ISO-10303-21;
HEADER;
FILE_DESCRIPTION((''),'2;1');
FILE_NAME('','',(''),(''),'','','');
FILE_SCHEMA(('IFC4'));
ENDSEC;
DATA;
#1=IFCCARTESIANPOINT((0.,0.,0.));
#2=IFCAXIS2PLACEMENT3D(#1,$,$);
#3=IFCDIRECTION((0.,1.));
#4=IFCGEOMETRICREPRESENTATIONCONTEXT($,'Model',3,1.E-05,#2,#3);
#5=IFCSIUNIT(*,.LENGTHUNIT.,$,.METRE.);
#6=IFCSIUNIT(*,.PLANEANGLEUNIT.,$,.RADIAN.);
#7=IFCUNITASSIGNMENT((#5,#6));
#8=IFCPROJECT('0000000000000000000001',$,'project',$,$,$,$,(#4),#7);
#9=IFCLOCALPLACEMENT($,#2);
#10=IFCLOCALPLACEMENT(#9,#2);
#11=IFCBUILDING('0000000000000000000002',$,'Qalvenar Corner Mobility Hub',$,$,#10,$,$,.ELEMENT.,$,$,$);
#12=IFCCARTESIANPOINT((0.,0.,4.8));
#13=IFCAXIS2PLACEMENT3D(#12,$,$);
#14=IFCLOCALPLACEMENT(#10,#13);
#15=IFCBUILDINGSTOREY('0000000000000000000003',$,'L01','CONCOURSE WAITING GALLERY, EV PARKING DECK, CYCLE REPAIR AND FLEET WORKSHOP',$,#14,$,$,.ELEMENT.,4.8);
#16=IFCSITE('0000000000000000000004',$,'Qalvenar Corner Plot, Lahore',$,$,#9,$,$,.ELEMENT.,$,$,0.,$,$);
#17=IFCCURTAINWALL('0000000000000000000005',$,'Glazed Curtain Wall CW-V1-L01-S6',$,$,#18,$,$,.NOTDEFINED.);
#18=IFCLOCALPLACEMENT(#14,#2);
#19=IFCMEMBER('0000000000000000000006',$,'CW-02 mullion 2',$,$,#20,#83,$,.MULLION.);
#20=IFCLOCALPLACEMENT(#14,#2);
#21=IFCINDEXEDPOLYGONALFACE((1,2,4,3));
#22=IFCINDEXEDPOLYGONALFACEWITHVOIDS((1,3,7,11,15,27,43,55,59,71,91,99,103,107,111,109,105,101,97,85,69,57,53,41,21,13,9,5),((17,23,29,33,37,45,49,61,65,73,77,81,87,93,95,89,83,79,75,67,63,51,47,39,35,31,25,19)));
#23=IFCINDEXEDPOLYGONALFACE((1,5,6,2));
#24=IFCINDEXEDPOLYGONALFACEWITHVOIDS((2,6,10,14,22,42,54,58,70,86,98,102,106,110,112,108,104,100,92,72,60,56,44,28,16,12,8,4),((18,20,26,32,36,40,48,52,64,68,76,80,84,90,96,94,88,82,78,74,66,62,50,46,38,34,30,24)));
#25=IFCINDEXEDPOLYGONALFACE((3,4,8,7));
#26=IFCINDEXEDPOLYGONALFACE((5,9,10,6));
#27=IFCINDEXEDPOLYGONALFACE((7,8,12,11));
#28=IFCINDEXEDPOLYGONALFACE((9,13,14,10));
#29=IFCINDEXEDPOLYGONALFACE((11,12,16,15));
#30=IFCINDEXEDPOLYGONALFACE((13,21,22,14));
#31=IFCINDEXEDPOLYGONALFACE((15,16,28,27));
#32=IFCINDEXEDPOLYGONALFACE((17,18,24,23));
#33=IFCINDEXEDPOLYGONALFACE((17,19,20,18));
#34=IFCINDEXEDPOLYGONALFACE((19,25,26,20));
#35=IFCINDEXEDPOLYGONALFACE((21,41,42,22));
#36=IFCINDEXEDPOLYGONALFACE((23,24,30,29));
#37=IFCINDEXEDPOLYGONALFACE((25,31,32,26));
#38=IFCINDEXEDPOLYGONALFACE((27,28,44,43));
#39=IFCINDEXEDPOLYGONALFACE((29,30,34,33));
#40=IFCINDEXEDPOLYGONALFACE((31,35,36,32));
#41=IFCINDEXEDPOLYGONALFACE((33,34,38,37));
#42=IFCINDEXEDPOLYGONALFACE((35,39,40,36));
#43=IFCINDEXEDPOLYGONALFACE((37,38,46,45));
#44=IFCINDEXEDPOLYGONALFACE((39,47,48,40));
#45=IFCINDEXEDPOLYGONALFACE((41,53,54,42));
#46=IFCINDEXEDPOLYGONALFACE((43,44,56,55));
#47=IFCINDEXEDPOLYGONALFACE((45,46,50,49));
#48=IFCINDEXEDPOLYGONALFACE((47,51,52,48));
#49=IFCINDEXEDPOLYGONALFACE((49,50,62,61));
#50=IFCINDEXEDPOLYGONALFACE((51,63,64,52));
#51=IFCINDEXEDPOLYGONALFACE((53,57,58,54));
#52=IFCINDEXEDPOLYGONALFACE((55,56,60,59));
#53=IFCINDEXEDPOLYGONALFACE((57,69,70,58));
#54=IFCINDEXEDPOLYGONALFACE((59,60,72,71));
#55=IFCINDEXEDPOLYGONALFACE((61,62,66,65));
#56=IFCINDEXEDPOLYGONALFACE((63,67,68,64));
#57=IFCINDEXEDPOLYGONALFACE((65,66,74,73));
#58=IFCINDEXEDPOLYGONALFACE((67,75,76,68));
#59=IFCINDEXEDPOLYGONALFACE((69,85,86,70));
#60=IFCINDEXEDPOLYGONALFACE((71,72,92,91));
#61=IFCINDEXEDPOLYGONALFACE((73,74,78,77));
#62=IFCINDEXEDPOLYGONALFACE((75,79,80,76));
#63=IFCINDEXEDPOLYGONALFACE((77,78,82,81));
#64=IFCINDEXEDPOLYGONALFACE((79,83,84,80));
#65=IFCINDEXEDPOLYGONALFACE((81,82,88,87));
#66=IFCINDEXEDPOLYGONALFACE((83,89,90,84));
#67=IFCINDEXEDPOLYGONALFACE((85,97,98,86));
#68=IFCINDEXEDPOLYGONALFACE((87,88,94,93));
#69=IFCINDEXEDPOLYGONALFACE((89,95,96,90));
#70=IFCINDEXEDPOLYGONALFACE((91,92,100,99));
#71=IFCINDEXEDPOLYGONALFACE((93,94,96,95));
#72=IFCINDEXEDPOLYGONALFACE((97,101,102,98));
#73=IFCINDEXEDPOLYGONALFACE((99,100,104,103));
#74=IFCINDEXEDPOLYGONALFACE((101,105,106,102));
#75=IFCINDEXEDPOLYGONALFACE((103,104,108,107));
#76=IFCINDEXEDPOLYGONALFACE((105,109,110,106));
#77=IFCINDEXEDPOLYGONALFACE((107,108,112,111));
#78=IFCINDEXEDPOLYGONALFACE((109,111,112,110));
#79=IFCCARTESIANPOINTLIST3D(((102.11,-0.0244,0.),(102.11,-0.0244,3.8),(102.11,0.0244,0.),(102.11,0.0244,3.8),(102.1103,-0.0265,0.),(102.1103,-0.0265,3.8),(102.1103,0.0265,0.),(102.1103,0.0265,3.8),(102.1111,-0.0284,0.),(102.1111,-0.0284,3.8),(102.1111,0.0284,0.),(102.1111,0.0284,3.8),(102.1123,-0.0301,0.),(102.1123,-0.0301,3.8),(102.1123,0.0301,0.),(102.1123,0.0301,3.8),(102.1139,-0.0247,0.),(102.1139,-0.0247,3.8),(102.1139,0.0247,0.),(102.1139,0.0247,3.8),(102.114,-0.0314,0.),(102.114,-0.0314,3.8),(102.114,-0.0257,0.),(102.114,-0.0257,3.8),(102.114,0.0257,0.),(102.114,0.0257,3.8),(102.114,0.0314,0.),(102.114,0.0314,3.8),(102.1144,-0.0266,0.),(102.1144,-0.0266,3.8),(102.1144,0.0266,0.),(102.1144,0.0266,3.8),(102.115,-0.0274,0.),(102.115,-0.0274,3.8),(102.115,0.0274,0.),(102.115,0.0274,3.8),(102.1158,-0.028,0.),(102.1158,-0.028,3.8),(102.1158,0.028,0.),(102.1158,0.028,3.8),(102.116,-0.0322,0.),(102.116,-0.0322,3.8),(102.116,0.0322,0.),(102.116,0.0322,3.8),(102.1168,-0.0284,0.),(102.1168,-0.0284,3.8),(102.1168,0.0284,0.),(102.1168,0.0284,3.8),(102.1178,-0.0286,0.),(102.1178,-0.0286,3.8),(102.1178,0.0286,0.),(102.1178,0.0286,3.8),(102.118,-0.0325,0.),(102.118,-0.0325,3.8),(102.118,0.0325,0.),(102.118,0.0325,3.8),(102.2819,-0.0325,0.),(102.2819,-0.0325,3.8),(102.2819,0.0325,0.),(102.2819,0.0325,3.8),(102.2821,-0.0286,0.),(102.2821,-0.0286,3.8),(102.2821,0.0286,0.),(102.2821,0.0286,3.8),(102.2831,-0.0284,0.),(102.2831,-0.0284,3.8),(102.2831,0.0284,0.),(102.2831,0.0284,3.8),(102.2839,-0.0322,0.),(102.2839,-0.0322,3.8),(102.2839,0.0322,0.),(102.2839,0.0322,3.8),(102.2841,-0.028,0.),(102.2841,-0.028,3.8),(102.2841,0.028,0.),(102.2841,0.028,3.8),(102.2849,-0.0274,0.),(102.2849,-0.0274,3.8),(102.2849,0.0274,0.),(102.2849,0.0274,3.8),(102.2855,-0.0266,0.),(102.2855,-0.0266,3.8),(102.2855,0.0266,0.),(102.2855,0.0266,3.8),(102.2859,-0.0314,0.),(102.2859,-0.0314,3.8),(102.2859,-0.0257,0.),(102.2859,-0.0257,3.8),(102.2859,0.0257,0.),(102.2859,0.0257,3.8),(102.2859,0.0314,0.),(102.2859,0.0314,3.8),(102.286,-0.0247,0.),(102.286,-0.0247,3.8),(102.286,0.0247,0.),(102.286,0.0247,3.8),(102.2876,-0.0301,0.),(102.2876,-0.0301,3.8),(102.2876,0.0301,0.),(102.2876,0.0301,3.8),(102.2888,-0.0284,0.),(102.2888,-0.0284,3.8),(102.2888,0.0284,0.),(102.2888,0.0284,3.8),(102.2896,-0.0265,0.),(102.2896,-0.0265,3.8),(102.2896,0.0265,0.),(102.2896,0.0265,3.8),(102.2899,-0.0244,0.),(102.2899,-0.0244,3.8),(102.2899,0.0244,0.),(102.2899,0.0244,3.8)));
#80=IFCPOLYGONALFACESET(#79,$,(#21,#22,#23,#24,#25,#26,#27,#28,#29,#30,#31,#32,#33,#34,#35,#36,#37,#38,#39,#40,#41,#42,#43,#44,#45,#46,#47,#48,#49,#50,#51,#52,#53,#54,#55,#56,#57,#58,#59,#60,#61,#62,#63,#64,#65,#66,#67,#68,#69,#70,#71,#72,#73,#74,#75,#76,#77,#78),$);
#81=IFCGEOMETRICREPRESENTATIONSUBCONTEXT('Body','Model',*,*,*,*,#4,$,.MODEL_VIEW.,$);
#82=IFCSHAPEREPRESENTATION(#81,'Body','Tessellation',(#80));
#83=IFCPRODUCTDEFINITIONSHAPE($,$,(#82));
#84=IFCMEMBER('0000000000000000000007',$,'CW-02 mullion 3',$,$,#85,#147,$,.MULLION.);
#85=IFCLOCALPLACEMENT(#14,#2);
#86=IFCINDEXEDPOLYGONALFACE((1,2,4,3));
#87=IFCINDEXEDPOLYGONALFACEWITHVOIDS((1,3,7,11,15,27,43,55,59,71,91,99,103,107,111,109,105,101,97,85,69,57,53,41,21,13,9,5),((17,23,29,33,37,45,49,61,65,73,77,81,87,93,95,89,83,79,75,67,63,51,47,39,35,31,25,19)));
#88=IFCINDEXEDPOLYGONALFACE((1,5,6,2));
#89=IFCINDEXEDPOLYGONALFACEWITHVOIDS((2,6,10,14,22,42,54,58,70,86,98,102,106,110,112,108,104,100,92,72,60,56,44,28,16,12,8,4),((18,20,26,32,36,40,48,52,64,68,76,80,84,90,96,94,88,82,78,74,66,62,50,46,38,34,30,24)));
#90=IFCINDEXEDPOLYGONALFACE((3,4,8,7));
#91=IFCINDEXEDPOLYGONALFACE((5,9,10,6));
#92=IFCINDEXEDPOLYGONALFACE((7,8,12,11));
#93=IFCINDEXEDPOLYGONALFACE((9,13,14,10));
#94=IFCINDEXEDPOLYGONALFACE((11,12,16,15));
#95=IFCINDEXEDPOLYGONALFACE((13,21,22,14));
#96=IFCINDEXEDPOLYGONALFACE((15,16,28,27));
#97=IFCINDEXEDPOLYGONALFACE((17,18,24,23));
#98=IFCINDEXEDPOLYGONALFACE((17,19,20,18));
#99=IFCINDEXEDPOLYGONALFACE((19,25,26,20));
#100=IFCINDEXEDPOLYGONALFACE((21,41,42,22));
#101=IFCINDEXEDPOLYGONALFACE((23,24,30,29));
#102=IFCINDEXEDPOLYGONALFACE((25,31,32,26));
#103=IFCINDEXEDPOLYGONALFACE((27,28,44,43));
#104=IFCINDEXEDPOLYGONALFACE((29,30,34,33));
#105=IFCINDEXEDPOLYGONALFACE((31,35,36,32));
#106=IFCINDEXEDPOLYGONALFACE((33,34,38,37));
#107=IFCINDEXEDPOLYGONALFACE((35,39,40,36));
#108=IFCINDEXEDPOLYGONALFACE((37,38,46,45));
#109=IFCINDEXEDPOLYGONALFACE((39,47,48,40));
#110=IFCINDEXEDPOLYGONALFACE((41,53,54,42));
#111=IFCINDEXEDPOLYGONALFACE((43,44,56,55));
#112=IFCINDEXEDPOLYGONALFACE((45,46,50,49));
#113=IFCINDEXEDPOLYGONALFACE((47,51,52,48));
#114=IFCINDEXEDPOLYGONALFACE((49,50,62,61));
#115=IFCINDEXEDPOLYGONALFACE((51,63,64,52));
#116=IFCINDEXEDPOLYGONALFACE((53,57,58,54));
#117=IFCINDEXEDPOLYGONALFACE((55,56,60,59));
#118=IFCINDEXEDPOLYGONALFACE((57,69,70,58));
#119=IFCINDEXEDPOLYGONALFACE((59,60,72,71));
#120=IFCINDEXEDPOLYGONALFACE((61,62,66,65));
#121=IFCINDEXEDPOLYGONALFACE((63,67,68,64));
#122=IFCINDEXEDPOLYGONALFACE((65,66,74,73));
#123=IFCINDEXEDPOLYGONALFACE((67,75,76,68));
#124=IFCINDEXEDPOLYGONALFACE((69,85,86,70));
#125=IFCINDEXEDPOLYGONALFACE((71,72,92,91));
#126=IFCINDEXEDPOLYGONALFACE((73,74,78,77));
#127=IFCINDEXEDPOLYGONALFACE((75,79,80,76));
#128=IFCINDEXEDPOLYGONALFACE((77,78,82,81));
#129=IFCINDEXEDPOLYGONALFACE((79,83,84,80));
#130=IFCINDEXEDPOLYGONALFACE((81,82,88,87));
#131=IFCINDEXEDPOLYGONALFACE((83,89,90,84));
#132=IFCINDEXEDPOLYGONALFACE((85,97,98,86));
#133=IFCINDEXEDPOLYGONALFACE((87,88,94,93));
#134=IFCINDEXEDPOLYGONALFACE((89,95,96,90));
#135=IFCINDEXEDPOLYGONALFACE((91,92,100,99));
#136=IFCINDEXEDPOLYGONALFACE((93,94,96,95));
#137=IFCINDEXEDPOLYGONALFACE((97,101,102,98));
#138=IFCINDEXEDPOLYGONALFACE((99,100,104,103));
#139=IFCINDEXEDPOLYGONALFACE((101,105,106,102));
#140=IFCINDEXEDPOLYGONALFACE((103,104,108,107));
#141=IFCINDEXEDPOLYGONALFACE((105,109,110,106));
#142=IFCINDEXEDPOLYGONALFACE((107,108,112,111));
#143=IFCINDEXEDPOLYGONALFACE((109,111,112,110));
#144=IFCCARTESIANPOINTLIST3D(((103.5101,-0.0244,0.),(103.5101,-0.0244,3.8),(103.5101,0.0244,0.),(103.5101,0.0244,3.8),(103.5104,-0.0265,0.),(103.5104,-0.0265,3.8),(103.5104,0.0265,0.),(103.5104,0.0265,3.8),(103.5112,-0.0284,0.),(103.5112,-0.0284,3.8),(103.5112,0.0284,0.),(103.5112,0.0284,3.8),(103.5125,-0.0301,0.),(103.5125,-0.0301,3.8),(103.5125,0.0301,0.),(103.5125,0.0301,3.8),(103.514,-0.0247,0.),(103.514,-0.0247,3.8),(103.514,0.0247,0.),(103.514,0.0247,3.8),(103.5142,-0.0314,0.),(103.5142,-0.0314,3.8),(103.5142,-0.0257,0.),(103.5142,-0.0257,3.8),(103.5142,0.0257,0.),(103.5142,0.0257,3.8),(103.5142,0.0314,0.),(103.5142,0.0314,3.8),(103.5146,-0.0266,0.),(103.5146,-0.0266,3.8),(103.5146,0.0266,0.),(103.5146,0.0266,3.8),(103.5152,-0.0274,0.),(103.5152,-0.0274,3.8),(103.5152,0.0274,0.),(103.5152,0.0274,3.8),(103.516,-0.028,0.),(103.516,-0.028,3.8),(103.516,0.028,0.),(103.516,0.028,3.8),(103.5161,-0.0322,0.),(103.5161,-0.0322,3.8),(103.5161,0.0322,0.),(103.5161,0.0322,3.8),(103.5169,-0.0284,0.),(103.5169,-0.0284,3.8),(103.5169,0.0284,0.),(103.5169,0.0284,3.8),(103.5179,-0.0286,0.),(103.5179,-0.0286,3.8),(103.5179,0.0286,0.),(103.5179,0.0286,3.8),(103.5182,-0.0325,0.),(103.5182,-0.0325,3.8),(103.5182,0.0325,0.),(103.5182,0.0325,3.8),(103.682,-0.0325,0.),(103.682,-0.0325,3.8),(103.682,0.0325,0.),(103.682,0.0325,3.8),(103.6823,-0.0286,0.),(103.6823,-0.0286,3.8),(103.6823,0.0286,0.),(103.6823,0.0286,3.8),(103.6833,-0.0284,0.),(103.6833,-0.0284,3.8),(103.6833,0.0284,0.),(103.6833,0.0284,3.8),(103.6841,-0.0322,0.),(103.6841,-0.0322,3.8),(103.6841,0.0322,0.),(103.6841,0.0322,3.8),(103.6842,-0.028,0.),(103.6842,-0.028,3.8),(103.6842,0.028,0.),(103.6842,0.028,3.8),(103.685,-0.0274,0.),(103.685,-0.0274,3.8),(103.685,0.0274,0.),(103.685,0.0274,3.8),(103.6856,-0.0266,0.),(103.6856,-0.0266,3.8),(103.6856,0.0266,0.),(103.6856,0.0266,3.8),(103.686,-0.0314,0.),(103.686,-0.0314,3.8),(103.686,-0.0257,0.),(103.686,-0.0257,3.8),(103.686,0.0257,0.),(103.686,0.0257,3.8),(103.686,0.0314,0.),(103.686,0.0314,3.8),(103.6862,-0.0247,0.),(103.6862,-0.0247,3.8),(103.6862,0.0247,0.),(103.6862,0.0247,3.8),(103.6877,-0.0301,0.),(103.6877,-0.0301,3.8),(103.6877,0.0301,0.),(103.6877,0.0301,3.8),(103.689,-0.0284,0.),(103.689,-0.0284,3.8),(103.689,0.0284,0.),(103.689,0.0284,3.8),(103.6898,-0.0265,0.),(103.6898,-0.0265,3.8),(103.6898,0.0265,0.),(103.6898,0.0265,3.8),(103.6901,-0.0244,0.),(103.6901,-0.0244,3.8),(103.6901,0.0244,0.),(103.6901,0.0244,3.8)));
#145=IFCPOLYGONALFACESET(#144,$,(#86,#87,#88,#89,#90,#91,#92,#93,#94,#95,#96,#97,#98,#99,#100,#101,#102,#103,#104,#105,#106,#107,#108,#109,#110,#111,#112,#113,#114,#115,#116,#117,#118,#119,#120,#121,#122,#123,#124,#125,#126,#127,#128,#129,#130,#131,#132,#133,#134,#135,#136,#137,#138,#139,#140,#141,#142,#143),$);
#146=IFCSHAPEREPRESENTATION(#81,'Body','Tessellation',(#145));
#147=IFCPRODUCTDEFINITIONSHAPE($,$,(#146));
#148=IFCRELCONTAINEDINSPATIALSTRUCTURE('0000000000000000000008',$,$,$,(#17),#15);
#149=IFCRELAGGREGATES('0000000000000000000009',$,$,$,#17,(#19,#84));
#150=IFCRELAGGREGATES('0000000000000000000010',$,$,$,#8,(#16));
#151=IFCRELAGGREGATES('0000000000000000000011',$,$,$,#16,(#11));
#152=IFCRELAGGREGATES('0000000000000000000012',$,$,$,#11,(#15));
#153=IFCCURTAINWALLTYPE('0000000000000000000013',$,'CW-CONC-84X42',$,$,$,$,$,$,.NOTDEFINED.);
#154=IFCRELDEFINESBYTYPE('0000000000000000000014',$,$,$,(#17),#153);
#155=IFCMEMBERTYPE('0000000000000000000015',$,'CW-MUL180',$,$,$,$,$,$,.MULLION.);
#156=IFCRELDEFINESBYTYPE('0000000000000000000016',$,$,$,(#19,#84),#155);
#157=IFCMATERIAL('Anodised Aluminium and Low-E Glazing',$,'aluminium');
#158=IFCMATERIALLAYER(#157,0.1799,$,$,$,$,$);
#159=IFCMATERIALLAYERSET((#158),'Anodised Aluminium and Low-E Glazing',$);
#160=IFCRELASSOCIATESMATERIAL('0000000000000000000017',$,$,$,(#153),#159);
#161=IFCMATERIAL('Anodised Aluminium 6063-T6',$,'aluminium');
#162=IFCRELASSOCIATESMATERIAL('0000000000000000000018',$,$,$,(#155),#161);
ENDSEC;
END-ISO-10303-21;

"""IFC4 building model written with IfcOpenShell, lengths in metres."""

from ifc_helpers import new_model, si_unit, direction, frame, origin, origin_2d, place, context, subcontext, project, spatial, hollow_rectangle, extrude, material, layer, layer_set, material_profile, profile_set, type_object, element, aggregate, save


model = new_model("IFC4")

# Units and contexts
model_context = context("Model", 3, precision=1e-05, world=origin(), true_north=direction((0.0, 1.0)))
body_context = subcontext(model_context, "Body", "Model", "MODEL_VIEW")
ifc_project = project(units=[si_unit("LENGTHUNIT", "METRE"), si_unit("PLANEANGLEUNIT", "RADIAN")], contexts=[model_context])

# Site, building, storey
site_placement = place(None, origin())
site = spatial("IfcSite", under=ifc_project, at=site_placement, Name="Qalvenar Corner Plot, Lahore", CompositionType="ELEMENT", RefElevation=0.0)
building_placement = place(site_placement, origin())
building = spatial("IfcBuilding", under=site, at=building_placement, Name="Qalvenar Corner Mobility Hub", CompositionType="ELEMENT")
storey_placement = place(building_placement, frame((0.0, 0.0, 4.8)))
storey = spatial("IfcBuildingStorey", under=building, at=storey_placement, Name="L01", Description="CONCOURSE WAITING GALLERY, EV PARKING DECK, CYCLE REPAIR AND FLEET WORKSHOP", CompositionType="ELEMENT", Elevation=4.8)

# Curtain wall, members
ifc_material_1 = material(Name="Anodised Aluminium and Low-E Glazing", Category="aluminium")
ifc_layer_1 = layer(ifc_material_1, 0.1799)
ifc_layer_set_1 = layer_set([ifc_layer_1], Name="Anodised Aluminium and Low-E Glazing")
curtain_wall_type = type_object("IfcCurtainWallType", Name="CW-CONC-84X42", PredefinedType="NOTDEFINED", material=ifc_layer_set_1)
curtain_wall_placement = place(storey_placement, origin())
curtain_wall = element("IfcCurtainWall", 1, at=curtain_wall_placement, inside=storey, type_object=curtain_wall_type, Name="Glazed Curtain Wall CW-V1-L01-S6", PredefinedType="NOTDEFINED")
ifc_material_2 = material(Name="Anodised Aluminium 6063-T6", Category="aluminium")
ifc_material_profile_1 = material_profile(ifc_material_2, hollow_rectangle(XDim=0.0649, YDim=0.1799, WallThickness=0.0039, InnerFilletRadius=0.0039, OuterFilletRadius=0.0081, at=origin_2d()), Name="RHS180x65x4")
ifc_profile_set_1 = profile_set([ifc_material_profile_1], Name="Anodised Aluminium 6063-T6")
member_type_1 = type_object("IfcMemberType", Name="CW-MUL180", PredefinedType="MULLION", material=ifc_profile_set_1)
member_1_placement = place(storey_placement, frame((102.2, 0.0, 0.0), z_axis=(0.0, 0.0, 1.0), x_axis=(0.0, 1.0, 0.0)))
member_1 = element("IfcMember", 2, at=member_1_placement, type_object=member_type_1, Name="CW-02 mullion 2", PredefinedType="MULLION", context=body_context, shape_type="SweptSolid", body=[
    extrude(hollow_rectangle(XDim=0.0649, YDim=0.1799, WallThickness=0.0039, InnerFilletRadius=0.0039, OuterFilletRadius=0.0081, at=origin_2d()), origin(), (0.0, 0.0, 1.0), 3.8),
])
member_2_placement = place(storey_placement, frame((103.6001, 0.0, 0.0), z_axis=(0.0, 0.0, 1.0), x_axis=(0.0, 1.0, 0.0)))
member_2 = element("IfcMember", 3, at=member_2_placement, type_object=member_type_1, Name="CW-02 mullion 3", PredefinedType="MULLION", context=body_context, shape_type="SweptSolid", body=[
    extrude(hollow_rectangle(XDim=0.0649, YDim=0.1799, WallThickness=0.0039, InnerFilletRadius=0.0039, OuterFilletRadius=0.0081, at=origin_2d()), origin(), (0.0, 0.0, 1.0), 3.8),
])
aggregate(curtain_wall, [member_1, member_2])

save(model, "model.ifc")
